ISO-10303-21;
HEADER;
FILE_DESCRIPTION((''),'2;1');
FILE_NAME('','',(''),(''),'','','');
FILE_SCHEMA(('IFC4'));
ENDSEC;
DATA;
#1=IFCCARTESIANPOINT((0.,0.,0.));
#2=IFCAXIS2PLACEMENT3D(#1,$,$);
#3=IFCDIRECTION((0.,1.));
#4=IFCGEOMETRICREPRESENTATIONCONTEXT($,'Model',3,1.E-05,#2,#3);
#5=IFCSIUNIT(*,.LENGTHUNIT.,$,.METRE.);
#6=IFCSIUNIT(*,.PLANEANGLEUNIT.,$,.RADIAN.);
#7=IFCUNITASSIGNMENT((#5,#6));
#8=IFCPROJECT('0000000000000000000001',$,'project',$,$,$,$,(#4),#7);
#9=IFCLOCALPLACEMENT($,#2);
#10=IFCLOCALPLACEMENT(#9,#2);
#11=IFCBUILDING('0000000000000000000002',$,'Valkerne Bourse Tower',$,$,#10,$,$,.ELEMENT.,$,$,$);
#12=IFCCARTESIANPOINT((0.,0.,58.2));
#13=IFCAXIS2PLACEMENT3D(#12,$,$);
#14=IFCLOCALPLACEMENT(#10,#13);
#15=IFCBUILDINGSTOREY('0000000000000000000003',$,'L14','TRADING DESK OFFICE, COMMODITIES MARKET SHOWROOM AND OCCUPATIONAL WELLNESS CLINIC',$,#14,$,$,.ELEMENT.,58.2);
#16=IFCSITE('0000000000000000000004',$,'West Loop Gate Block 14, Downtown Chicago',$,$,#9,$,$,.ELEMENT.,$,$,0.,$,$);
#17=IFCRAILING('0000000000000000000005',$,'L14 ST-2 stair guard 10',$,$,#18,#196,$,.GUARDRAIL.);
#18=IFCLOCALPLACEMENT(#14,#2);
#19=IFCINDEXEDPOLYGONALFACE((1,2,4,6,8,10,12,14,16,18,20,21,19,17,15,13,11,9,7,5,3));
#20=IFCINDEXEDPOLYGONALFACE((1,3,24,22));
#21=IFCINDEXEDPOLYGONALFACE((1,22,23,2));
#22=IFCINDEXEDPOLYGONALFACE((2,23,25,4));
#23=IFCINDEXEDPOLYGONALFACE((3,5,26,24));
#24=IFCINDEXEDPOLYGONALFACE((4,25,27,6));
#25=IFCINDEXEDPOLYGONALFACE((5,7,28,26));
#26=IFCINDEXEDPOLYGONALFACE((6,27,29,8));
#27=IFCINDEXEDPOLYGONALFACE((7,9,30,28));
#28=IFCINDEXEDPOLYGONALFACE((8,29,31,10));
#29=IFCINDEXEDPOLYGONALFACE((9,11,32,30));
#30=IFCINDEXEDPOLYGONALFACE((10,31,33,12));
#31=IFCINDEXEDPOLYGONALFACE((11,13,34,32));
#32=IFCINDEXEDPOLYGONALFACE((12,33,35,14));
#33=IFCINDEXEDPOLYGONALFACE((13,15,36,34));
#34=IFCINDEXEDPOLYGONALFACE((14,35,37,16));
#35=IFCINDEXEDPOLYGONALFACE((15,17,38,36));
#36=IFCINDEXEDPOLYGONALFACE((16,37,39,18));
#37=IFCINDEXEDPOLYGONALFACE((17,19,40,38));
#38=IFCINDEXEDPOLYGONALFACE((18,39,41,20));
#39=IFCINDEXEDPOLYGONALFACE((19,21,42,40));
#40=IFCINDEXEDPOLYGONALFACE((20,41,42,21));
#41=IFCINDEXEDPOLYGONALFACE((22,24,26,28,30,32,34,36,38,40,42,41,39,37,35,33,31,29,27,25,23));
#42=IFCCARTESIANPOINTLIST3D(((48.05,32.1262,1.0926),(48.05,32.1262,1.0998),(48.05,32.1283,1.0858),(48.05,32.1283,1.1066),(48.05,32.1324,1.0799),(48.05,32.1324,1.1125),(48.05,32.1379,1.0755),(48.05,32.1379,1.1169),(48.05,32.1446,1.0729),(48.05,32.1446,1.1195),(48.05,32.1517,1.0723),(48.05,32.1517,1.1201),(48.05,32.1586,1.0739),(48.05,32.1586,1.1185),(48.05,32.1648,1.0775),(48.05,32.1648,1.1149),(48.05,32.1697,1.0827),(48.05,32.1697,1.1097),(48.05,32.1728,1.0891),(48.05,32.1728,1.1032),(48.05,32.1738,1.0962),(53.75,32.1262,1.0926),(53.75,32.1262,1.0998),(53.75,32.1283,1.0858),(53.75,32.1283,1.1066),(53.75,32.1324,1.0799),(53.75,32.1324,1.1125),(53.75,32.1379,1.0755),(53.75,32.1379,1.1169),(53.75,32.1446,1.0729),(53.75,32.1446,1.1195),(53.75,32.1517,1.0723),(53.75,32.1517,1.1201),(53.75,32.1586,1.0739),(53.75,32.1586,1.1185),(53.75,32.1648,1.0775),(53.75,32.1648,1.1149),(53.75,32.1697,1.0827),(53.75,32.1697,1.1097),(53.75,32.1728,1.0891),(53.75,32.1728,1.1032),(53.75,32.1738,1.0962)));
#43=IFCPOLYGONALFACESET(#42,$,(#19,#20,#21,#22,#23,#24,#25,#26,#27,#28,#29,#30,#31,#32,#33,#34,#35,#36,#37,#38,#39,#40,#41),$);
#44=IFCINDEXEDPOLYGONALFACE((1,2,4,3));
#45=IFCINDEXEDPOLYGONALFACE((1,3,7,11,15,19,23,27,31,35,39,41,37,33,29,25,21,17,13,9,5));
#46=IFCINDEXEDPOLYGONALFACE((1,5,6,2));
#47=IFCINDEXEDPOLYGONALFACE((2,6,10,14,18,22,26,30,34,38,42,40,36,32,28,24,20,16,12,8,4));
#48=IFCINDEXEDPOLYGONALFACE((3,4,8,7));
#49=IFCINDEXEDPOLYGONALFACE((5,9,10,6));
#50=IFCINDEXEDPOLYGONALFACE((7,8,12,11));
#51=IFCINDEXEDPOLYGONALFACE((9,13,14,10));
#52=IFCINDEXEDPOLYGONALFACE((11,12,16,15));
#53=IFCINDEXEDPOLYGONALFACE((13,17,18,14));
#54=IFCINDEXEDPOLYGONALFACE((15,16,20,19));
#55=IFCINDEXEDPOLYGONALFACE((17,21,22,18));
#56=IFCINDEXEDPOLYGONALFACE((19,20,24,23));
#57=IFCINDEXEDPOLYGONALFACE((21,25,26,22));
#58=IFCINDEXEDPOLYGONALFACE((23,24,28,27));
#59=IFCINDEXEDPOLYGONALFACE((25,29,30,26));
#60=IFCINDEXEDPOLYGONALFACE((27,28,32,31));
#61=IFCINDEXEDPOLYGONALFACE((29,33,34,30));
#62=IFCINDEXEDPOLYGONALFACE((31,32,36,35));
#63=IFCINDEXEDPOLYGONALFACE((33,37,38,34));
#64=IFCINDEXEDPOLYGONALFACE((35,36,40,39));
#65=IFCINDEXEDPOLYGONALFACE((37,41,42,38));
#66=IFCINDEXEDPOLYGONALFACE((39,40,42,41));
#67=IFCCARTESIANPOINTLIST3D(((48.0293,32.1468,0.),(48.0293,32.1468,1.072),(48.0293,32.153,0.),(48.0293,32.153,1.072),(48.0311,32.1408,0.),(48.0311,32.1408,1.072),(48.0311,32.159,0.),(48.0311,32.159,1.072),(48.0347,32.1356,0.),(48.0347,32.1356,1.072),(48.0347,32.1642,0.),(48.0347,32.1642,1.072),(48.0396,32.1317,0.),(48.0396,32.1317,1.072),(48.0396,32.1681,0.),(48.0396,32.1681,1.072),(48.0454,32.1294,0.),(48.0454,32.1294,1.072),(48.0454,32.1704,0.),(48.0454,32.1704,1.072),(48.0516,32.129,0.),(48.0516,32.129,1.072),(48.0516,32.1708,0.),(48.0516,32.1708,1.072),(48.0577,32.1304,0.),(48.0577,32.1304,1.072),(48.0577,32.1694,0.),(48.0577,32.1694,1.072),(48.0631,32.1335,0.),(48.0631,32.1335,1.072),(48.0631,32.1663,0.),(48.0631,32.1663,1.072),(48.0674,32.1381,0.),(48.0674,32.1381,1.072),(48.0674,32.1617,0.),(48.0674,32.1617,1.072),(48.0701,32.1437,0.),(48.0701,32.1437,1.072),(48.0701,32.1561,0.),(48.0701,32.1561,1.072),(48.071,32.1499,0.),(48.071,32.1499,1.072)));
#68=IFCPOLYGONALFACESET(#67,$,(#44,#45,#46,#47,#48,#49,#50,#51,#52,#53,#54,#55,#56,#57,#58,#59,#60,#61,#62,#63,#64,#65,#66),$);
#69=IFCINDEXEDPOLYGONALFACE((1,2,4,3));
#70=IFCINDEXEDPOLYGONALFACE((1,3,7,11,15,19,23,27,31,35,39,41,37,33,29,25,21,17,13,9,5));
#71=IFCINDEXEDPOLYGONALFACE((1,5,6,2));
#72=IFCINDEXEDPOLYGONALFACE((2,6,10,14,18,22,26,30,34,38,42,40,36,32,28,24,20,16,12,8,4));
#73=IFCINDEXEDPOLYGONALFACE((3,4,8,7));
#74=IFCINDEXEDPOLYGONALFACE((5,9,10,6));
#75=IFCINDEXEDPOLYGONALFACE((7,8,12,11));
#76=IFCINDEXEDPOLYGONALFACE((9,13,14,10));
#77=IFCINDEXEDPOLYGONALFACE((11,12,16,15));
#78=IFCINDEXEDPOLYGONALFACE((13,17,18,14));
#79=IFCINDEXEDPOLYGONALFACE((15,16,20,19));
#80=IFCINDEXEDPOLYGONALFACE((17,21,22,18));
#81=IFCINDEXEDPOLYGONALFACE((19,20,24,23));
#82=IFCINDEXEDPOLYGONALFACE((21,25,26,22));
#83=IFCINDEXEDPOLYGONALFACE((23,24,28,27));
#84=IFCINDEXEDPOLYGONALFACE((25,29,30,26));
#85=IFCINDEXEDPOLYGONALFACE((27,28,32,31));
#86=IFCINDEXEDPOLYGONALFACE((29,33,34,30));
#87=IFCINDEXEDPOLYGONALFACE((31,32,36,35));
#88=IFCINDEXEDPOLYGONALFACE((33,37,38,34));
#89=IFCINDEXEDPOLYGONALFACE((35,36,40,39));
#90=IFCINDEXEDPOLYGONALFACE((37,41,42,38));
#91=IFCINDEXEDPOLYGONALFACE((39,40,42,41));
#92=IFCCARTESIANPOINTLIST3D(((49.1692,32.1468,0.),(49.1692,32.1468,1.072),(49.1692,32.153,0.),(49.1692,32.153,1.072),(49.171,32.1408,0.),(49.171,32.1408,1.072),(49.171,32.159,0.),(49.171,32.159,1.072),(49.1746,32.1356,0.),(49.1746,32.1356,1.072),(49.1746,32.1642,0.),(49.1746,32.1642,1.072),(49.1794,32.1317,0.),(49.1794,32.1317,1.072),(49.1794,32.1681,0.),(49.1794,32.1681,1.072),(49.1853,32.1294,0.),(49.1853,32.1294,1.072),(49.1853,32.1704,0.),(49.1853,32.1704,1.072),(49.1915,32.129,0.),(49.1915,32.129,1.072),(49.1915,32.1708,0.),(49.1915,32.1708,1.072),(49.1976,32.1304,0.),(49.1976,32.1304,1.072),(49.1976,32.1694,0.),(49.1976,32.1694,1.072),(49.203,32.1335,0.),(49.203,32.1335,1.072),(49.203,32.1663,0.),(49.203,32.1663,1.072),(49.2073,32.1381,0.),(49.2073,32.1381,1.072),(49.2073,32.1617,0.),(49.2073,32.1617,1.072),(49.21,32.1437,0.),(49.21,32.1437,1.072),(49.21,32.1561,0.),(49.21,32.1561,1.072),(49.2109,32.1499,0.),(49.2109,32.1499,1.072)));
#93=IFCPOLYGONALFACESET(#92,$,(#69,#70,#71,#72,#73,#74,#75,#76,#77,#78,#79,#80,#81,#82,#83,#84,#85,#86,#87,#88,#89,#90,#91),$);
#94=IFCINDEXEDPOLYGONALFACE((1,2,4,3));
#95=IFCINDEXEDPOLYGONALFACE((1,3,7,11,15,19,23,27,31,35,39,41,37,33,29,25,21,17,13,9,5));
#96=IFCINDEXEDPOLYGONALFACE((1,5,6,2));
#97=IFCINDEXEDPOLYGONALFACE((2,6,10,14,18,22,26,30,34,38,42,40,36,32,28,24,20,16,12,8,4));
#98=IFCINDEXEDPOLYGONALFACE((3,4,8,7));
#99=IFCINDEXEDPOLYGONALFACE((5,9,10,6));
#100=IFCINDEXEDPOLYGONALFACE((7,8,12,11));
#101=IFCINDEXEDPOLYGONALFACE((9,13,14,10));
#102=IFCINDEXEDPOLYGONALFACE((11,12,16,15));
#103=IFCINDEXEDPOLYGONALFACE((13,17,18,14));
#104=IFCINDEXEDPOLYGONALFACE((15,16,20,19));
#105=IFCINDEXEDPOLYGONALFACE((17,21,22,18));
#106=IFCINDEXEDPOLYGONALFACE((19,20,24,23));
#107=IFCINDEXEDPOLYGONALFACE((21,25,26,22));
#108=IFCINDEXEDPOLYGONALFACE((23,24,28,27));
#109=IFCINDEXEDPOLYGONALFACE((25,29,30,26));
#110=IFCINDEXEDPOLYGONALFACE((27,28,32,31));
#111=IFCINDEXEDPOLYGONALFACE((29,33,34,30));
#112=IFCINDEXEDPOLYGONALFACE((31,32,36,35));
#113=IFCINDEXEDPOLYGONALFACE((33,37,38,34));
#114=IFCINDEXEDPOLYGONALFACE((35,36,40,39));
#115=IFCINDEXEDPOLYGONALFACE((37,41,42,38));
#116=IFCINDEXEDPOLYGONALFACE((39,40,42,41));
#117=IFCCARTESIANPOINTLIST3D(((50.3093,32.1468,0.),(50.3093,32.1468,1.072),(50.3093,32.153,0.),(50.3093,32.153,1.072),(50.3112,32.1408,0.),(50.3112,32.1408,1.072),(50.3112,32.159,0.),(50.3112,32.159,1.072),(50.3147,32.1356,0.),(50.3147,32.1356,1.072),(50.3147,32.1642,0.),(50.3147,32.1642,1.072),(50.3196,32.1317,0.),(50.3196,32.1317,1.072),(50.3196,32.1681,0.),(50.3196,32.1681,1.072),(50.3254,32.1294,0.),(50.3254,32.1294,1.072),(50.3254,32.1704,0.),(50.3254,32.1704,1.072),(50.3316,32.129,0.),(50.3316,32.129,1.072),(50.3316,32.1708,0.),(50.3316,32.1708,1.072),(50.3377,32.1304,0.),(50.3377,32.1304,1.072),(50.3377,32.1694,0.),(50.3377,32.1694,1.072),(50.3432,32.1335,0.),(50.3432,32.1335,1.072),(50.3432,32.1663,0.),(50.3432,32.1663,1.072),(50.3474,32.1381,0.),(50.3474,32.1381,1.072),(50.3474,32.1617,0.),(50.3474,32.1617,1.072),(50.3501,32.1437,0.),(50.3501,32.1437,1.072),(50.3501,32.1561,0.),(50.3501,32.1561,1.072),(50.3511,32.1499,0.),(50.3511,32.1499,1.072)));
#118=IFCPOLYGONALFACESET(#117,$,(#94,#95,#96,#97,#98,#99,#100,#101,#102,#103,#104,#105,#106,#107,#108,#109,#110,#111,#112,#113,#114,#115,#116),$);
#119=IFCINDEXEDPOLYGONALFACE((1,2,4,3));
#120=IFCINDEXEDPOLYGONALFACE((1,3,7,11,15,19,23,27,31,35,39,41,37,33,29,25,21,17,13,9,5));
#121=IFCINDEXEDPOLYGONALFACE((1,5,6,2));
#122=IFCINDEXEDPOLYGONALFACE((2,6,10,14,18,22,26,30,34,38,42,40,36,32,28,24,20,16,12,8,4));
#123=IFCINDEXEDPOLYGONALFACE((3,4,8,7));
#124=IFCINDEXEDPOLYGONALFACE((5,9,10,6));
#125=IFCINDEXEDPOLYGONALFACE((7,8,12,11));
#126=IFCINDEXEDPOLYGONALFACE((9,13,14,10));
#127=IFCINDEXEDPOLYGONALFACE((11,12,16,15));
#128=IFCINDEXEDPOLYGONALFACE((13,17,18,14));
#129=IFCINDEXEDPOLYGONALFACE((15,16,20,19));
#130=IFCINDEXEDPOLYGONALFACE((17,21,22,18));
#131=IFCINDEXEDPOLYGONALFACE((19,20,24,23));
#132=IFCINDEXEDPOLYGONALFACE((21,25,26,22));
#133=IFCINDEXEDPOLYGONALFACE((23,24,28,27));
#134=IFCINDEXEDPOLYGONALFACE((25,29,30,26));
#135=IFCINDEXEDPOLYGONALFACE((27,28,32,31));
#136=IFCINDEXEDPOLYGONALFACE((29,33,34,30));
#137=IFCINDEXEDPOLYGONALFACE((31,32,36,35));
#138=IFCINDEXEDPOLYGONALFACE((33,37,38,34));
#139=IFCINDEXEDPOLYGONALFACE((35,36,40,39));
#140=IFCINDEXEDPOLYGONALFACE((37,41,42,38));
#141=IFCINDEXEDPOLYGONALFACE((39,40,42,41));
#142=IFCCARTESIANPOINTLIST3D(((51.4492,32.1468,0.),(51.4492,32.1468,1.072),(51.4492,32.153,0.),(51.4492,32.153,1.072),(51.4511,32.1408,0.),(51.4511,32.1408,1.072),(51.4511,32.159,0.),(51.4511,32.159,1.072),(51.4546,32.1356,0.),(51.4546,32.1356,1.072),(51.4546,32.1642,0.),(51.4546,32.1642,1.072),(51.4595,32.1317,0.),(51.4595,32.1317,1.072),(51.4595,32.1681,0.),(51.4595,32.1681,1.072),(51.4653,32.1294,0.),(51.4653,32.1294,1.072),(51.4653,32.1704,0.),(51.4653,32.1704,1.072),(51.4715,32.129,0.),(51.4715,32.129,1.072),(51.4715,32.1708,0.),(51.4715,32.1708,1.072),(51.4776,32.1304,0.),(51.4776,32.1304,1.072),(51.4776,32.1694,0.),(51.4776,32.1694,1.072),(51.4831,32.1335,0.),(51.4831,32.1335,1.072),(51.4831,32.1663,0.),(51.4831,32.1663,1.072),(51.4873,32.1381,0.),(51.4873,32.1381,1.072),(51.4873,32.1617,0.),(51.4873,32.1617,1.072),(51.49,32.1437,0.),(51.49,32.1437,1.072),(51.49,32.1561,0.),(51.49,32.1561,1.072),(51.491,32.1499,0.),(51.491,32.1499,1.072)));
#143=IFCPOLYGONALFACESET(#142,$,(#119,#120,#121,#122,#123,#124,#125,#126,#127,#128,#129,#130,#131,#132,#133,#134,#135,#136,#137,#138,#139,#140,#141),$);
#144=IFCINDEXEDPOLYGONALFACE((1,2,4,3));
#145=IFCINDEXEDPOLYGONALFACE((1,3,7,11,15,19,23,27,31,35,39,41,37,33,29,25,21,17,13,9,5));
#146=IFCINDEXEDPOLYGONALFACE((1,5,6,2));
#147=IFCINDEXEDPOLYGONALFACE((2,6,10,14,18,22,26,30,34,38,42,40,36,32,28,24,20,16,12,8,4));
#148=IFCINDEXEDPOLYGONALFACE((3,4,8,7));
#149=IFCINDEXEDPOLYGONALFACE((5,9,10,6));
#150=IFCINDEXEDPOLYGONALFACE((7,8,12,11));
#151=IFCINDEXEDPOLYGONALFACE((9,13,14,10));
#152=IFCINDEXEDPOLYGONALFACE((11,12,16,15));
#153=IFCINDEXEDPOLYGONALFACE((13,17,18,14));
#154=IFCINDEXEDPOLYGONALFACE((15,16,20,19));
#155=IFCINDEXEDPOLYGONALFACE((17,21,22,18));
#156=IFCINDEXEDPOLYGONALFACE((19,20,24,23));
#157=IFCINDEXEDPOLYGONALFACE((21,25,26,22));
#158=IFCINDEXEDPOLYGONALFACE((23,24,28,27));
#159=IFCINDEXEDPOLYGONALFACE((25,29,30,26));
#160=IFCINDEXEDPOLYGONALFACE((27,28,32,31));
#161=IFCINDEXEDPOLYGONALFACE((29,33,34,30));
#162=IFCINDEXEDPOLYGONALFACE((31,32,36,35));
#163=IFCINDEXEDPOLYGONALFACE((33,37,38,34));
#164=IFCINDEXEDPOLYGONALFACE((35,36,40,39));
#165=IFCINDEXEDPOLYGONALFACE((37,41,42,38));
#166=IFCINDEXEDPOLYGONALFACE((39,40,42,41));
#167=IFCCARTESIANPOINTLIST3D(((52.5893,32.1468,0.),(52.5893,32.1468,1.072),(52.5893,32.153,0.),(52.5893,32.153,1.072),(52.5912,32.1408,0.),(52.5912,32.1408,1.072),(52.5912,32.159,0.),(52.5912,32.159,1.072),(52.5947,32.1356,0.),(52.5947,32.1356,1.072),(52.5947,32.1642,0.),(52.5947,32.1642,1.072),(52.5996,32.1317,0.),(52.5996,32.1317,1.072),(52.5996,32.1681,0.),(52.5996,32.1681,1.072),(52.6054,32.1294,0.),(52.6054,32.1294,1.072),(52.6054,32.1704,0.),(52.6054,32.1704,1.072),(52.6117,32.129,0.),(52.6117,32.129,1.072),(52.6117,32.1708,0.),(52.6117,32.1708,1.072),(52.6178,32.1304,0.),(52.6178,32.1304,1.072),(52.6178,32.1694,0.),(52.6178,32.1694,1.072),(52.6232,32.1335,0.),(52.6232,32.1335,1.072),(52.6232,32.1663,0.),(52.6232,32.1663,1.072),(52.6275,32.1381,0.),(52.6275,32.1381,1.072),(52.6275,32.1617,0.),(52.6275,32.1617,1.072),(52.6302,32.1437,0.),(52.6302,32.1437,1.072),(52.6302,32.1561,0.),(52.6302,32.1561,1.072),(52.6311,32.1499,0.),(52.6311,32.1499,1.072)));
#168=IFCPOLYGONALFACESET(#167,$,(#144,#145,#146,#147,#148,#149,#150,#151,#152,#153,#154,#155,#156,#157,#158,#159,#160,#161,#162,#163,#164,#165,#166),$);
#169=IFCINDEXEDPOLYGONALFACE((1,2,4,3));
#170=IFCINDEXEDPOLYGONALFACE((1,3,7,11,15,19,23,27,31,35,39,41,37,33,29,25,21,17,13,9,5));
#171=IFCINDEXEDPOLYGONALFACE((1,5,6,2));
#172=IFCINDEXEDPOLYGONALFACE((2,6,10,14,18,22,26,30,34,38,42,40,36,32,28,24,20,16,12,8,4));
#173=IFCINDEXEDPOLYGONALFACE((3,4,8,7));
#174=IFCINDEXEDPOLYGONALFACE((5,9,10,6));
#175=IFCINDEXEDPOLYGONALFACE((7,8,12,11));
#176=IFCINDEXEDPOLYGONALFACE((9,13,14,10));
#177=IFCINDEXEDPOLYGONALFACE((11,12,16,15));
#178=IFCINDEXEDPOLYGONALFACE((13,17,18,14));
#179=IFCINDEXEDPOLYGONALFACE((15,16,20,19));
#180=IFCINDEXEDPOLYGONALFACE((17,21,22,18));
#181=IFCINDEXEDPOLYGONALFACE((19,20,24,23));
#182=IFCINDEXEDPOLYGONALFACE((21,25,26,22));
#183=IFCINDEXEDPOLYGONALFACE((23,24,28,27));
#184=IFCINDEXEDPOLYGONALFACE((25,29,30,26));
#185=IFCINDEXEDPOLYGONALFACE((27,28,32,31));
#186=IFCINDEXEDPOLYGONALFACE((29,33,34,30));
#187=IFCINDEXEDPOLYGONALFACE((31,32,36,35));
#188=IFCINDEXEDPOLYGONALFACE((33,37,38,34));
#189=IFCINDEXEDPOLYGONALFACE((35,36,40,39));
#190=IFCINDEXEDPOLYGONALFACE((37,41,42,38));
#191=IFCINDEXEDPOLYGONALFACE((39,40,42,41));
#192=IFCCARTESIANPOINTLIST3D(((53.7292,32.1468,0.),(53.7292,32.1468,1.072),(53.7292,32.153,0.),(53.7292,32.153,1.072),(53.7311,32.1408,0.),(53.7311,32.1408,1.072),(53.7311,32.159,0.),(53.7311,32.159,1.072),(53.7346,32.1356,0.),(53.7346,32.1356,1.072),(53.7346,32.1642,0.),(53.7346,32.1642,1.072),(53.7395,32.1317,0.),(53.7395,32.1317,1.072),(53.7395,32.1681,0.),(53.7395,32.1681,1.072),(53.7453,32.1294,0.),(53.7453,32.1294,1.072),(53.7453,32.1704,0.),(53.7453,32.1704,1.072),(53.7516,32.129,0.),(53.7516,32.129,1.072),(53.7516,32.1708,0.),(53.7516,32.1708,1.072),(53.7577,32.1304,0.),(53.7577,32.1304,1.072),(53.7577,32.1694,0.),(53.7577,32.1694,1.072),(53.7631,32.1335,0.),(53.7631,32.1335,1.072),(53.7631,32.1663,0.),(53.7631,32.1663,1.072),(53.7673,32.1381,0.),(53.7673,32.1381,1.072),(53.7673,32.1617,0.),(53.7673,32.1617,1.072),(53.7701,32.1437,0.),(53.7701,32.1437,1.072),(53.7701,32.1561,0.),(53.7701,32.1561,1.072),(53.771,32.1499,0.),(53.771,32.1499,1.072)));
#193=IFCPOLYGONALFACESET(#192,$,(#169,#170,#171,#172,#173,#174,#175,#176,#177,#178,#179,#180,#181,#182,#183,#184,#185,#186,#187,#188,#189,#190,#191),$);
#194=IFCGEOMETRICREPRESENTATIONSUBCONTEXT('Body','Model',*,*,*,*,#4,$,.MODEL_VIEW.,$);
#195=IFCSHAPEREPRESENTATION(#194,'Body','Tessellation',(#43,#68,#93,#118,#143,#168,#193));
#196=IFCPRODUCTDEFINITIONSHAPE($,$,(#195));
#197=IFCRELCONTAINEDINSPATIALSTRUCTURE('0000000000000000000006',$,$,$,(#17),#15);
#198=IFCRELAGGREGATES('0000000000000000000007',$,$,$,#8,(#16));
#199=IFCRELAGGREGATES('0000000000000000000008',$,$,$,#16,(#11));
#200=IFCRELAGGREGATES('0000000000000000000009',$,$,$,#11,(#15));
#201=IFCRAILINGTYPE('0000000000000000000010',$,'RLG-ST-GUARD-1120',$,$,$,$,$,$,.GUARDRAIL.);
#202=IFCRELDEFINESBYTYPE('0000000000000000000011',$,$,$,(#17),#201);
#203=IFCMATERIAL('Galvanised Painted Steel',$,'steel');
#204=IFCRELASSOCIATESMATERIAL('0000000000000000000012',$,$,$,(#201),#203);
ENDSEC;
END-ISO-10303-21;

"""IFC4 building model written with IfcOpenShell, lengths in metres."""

from ifc_helpers import new_model, si_unit, direction, frame, origin, origin_2d, place, context, subcontext, project, spatial, circle, extrude, material, type_object, element, save


model = new_model("IFC4")

# Units and contexts
model_context = context("Model", 3, precision=1e-05, world=origin(), true_north=direction((0.0, 1.0)))
body_context = subcontext(model_context, "Body", "Model", "MODEL_VIEW")
ifc_project = project(units=[si_unit("LENGTHUNIT", "METRE"), si_unit("PLANEANGLEUNIT", "RADIAN")], contexts=[model_context])

# Site, building, storey
site_placement = place(None, origin())
site = spatial("IfcSite", under=ifc_project, at=site_placement, Name="West Loop Gate Block 14, Downtown Chicago", CompositionType="ELEMENT", RefElevation=0.0)
building_placement = place(site_placement, origin())
building = spatial("IfcBuilding", under=site, at=building_placement, Name="Valkerne Bourse Tower", CompositionType="ELEMENT")
storey_placement = place(building_placement, frame((0.0, 0.0, 58.2)))
storey = spatial("IfcBuildingStorey", under=building, at=storey_placement, Name="L14", Description="TRADING DESK OFFICE, COMMODITIES MARKET SHOWROOM AND OCCUPATIONAL WELLNESS CLINIC", CompositionType="ELEMENT", Elevation=58.2)

# Shared definitions
ifc_material_1 = material(Name="Galvanised Painted Steel", Category="steel")

# Railing
railing_type_1 = type_object("IfcRailingType", Name="RLG-ST-GUARD-1120", PredefinedType="GUARDRAIL", material=ifc_material_1)
for number, where, name in (
    (1, (48.05, 32.1499, 0.0), "L14 ST-2 stair guard 10"),
):
    element("IfcRailing", number, at=place(storey_placement, frame(where)), inside=storey, type_object=railing_type_1, Name=name, PredefinedType="GUARDRAIL", context=body_context, shape_type="SweptSolid", body=[
        extrude(circle(Radius=0.0239, at=origin_2d()), frame((0.0, 0.0, 1.0962), z_axis=(1.0, 0.0, 0.0), x_axis=(0.0, 1.0, 0.0)), (0.0, 0.0, 1.0), 5.7),
        extrude(circle(Radius=0.021, at=origin_2d()), origin(), (0.0, 0.0, 1.0), 1.072),
        extrude(circle(Radius=0.021, at=origin_2d()), frame((1.1399, 0.0, 0.0)), (0.0, 0.0, 1.0), 1.072),
        extrude(circle(Radius=0.021, at=origin_2d()), frame((2.28, 0.0, 0.0)), (0.0, 0.0, 1.0), 1.072),
        extrude(circle(Radius=0.021, at=origin_2d()), frame((3.4199, 0.0, 0.0)), (0.0, 0.0, 1.0), 1.072),
        extrude(circle(Radius=0.021, at=origin_2d()), frame((4.5601, 0.0, 0.0)), (0.0, 0.0, 1.0), 1.072),
        extrude(circle(Radius=0.021, at=origin_2d()), frame((5.7, 0.0, 0.0)), (0.0, 0.0, 1.0), 1.072),
    ])

save(model, "model.ifc")
